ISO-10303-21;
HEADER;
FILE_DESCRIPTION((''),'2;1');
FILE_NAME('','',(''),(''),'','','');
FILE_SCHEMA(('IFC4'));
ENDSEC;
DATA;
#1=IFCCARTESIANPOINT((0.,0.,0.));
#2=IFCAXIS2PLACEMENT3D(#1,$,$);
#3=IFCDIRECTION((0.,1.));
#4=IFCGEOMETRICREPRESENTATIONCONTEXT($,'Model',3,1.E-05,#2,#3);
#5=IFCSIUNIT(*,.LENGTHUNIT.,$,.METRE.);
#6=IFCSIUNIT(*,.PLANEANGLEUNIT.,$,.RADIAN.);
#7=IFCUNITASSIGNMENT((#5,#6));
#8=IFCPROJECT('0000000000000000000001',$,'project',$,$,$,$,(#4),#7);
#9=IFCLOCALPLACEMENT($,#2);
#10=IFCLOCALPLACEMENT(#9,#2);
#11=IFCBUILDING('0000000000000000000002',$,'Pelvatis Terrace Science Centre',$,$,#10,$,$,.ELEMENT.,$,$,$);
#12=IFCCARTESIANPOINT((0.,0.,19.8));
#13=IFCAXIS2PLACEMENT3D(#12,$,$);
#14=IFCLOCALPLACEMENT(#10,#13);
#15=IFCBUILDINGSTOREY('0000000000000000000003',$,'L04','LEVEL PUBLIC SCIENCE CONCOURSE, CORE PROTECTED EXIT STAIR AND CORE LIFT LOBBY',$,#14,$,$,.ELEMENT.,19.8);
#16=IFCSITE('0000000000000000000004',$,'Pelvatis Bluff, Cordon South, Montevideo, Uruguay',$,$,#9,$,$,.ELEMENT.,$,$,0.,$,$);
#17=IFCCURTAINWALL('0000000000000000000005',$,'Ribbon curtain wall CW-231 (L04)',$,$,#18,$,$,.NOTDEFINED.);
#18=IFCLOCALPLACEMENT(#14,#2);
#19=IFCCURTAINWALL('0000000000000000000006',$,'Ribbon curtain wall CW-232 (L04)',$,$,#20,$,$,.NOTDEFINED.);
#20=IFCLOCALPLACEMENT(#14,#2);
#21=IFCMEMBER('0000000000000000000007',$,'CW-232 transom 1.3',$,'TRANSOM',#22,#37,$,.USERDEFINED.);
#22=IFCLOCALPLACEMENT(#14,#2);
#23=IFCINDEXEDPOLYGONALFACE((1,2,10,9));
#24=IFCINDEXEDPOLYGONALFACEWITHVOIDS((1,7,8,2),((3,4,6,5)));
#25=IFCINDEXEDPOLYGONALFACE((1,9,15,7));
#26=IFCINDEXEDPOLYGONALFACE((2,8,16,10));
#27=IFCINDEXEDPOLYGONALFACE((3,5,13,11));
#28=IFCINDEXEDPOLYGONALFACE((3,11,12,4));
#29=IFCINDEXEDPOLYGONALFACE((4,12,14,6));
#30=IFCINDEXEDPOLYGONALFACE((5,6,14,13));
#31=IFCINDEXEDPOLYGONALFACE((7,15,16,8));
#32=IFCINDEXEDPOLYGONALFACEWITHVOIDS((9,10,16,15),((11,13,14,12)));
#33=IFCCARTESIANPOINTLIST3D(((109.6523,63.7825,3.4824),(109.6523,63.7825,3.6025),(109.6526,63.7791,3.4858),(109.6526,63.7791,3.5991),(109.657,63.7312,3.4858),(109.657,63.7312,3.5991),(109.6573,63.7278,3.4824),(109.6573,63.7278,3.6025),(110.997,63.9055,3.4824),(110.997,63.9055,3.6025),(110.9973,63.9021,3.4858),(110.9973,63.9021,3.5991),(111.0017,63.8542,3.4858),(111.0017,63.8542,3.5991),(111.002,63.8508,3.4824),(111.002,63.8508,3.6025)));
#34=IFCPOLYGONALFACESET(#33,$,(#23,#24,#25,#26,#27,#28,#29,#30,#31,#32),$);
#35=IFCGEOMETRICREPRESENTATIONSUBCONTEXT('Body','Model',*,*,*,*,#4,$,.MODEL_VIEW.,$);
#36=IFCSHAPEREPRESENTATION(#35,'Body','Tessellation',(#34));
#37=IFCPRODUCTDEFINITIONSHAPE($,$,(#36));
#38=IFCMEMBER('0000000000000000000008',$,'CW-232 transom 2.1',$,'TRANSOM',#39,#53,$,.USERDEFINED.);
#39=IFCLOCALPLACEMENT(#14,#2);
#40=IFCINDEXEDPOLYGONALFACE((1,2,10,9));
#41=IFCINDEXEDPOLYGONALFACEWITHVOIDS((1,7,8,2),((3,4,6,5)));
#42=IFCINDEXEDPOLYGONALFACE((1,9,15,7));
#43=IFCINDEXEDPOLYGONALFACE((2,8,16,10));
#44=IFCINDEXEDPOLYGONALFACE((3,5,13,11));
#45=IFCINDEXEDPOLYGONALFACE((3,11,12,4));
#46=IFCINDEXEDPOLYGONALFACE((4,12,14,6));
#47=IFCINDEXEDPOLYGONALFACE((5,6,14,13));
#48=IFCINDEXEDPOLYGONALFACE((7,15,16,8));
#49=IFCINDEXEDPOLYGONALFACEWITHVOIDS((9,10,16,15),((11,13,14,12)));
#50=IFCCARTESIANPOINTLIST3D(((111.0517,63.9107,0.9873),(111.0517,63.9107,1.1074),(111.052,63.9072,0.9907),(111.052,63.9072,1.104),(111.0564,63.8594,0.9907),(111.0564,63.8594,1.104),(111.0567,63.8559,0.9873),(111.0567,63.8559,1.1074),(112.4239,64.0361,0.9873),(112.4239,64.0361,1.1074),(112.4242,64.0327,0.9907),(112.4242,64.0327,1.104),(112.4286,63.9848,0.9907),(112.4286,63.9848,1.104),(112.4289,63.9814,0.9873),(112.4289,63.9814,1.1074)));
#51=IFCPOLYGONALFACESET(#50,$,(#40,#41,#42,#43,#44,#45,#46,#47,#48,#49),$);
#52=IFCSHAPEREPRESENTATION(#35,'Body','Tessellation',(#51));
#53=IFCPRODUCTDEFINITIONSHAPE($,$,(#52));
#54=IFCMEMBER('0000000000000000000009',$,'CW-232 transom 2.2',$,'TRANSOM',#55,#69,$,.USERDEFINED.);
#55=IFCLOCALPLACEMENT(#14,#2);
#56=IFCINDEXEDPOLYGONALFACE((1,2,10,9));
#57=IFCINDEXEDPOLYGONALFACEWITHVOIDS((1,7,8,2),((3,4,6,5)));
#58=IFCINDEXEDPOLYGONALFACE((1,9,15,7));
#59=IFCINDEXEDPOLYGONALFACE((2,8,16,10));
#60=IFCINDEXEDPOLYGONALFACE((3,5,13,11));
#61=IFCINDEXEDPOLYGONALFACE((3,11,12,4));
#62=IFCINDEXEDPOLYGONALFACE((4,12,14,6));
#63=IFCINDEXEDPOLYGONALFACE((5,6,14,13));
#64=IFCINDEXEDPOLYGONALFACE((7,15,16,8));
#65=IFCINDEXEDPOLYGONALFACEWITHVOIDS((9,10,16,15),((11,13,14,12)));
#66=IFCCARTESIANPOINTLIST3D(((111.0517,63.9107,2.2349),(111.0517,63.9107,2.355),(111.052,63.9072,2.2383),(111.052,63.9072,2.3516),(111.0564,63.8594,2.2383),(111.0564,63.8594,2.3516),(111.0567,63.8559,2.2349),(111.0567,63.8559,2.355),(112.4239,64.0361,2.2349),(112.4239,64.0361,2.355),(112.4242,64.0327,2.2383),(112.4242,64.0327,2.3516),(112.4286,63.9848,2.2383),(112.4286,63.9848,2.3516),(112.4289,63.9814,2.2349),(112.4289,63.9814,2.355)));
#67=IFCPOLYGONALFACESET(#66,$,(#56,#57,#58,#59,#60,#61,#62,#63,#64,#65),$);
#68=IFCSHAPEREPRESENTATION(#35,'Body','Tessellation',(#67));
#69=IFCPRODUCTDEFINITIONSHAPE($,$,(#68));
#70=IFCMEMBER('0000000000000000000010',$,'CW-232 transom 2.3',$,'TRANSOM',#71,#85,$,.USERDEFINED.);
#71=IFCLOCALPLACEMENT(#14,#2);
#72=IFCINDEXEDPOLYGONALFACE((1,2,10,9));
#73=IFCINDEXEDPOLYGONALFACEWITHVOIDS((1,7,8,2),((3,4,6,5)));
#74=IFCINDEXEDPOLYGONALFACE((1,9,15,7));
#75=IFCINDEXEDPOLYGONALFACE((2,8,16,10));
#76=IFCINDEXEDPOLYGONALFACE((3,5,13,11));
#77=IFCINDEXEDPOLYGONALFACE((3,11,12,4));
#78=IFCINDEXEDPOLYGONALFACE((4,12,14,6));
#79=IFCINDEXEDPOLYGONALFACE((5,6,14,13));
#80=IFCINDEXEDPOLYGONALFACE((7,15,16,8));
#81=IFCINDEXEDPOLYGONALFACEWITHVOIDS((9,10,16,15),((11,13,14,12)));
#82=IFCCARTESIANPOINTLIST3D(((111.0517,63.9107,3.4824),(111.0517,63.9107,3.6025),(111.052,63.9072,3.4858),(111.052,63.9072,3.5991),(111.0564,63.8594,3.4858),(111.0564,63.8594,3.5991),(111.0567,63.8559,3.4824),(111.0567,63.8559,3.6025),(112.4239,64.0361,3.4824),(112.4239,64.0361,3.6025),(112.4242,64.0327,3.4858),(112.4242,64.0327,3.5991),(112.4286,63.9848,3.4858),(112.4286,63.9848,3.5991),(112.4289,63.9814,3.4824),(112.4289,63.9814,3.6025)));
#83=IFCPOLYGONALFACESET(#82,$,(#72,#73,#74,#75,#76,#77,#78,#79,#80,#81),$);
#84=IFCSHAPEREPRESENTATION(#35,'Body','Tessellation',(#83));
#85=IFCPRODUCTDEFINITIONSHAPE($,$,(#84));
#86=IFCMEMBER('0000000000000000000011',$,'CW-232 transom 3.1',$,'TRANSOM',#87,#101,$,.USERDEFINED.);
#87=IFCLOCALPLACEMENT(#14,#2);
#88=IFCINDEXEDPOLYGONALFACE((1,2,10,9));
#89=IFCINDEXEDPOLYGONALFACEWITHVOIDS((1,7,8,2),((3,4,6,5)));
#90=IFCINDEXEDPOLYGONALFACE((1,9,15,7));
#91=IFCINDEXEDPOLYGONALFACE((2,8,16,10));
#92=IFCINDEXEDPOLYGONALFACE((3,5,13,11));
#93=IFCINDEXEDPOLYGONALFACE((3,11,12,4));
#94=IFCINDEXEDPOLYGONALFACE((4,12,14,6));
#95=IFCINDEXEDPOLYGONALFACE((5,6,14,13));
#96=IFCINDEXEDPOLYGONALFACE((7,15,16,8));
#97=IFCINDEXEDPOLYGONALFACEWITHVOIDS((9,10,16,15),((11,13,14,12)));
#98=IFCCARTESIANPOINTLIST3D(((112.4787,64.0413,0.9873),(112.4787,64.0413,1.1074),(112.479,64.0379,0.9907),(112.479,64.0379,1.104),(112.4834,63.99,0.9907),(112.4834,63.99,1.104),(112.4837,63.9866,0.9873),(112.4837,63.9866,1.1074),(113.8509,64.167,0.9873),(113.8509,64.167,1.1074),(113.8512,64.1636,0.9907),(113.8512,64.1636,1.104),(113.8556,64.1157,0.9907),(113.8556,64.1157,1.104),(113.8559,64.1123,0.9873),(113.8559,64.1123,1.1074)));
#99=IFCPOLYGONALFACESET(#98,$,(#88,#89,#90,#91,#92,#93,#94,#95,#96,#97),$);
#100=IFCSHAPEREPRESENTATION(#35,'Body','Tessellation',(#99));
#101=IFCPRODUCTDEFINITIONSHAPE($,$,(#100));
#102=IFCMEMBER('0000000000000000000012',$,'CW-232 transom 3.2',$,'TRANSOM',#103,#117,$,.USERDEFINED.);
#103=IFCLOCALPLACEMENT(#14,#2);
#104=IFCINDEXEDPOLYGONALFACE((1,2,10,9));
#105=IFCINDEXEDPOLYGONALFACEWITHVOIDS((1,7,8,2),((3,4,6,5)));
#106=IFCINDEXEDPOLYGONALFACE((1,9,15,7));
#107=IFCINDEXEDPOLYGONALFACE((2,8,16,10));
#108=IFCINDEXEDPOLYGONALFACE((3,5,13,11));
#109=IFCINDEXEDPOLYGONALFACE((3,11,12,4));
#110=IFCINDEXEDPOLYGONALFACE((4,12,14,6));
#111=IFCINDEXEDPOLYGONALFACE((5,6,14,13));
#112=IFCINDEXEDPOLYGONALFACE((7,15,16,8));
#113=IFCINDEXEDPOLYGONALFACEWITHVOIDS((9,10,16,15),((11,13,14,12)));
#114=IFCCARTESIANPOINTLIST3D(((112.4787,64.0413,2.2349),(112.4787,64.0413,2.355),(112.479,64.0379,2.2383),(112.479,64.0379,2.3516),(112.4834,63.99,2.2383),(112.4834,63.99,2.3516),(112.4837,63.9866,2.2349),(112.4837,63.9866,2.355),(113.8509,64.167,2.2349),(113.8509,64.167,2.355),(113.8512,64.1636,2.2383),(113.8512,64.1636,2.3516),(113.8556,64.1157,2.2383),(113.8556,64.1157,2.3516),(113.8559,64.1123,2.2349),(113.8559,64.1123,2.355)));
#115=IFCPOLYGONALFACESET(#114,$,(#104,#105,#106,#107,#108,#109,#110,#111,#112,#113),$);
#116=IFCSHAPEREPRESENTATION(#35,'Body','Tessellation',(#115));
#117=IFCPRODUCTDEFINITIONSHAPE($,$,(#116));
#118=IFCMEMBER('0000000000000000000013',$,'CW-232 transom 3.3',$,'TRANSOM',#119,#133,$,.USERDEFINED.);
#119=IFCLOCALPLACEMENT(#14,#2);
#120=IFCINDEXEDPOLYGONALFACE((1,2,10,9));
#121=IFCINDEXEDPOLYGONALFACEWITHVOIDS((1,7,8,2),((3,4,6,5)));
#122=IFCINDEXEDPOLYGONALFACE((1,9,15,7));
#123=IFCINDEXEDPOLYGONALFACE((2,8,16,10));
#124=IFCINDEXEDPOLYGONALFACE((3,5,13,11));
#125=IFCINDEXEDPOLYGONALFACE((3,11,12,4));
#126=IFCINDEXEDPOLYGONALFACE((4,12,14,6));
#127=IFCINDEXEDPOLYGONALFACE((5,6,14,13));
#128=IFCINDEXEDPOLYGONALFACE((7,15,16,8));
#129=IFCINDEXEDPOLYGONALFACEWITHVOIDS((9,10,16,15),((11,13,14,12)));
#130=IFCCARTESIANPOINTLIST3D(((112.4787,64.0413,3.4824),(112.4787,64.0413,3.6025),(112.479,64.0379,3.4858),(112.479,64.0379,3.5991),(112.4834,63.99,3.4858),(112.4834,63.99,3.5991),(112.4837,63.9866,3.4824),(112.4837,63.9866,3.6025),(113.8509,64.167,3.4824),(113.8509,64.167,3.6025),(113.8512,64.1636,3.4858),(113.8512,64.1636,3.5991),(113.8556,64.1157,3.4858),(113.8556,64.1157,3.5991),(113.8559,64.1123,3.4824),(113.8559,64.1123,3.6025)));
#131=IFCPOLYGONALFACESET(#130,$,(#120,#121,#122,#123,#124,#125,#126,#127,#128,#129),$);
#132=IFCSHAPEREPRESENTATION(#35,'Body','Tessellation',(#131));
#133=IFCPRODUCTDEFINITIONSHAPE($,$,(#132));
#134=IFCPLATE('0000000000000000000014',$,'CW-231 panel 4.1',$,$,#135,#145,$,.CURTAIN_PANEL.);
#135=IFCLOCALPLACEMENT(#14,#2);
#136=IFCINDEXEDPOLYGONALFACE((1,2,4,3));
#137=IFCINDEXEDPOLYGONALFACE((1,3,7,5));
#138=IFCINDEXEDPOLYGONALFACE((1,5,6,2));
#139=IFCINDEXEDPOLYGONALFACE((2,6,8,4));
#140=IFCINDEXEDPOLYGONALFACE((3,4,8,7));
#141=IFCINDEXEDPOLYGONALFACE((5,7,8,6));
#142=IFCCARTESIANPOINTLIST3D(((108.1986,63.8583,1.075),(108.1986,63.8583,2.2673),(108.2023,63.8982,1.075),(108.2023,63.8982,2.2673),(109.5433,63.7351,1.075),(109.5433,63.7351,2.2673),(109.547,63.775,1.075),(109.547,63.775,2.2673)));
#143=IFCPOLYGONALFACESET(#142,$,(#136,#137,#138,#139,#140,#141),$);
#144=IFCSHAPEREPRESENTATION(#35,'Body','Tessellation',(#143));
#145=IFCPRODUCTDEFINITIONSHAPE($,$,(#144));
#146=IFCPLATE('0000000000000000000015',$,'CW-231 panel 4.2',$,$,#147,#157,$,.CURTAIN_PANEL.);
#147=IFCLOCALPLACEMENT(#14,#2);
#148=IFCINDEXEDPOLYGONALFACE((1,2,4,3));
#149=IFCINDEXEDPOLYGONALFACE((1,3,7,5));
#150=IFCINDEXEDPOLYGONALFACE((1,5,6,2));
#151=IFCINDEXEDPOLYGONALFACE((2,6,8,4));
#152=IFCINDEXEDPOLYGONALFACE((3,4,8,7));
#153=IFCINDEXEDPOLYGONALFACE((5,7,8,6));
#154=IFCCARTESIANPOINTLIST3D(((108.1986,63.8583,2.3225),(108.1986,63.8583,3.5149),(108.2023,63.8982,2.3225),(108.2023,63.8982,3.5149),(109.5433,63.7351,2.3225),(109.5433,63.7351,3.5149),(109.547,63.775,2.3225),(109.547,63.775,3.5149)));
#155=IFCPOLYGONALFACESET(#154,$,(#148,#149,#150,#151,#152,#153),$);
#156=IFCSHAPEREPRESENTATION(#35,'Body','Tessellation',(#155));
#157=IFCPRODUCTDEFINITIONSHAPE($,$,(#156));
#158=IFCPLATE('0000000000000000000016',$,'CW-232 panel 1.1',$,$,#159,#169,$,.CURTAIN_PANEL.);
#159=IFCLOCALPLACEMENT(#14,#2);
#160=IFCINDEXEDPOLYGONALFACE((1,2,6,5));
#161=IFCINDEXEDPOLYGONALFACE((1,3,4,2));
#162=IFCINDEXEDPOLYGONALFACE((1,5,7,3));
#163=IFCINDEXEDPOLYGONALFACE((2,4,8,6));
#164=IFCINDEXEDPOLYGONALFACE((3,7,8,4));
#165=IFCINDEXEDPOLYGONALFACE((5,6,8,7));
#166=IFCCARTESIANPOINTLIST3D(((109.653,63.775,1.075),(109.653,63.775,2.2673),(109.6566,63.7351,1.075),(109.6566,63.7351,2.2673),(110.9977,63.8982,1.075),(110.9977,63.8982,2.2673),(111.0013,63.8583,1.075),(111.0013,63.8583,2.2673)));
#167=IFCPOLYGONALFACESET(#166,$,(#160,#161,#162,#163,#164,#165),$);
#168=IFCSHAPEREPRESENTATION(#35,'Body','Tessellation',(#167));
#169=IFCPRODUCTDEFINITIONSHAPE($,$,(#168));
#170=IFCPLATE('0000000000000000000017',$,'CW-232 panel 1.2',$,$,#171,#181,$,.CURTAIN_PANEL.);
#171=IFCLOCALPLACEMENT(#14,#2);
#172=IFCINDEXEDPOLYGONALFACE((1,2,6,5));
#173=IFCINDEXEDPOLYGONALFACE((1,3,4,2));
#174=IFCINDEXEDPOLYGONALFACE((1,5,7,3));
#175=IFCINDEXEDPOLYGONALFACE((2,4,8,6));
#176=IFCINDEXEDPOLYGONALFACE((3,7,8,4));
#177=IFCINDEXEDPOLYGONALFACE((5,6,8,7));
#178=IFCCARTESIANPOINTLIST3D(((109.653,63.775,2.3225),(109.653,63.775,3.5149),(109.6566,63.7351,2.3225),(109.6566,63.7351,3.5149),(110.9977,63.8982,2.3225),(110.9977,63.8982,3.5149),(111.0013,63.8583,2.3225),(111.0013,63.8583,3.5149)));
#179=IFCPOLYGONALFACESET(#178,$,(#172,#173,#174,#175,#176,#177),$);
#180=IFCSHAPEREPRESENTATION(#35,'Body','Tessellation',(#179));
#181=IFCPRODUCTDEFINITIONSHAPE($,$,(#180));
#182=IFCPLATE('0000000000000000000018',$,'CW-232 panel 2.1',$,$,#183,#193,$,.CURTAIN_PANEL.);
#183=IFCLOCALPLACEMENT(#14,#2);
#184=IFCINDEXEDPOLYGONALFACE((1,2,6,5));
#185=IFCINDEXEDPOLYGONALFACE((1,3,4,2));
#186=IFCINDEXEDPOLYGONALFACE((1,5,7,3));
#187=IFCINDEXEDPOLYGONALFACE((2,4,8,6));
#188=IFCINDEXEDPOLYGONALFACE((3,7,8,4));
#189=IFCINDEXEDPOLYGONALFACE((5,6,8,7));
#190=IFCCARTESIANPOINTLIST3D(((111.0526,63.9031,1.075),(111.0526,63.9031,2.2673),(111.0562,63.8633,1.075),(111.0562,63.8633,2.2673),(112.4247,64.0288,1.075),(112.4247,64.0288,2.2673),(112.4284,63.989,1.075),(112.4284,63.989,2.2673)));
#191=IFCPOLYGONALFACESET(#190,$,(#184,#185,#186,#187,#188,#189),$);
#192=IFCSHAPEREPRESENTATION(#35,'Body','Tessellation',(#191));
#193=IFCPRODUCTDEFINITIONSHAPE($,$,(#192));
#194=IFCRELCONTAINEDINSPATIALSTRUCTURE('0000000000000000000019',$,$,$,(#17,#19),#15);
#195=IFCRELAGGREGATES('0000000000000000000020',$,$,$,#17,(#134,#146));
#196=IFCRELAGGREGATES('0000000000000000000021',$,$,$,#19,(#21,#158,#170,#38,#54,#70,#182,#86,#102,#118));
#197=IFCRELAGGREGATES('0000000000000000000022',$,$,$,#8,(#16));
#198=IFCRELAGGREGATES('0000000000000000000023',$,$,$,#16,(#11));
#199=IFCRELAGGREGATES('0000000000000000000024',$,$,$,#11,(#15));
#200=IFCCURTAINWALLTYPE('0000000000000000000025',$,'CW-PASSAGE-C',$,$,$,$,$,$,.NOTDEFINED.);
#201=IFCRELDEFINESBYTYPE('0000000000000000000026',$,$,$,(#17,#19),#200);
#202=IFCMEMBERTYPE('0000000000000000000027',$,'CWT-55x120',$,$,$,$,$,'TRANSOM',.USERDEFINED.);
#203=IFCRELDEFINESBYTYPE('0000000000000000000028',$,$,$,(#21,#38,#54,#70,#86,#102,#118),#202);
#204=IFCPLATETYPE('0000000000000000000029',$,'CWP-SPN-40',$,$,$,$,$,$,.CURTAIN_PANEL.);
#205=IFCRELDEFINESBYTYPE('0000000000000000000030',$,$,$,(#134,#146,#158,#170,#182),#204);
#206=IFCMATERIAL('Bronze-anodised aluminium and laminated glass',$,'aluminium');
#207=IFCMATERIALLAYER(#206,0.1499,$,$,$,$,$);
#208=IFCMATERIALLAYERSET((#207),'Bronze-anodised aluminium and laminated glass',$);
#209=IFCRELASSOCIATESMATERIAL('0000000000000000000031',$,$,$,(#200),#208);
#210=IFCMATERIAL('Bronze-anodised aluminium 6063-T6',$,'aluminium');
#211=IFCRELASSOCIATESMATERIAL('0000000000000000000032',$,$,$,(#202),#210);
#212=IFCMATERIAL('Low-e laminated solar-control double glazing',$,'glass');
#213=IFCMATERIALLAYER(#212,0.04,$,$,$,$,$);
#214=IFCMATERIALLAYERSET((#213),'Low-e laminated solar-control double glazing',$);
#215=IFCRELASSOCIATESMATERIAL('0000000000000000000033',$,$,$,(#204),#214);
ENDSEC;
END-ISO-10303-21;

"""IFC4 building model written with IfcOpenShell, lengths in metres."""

from ifc_helpers import new_model, si_unit, direction, frame, origin, origin_2d, place, context, subcontext, project, spatial, rectangle, hollow_rectangle, extrude, material, layer, layer_set, material_profile, profile_set, type_object, element, aggregate, save


model = new_model("IFC4")

# Units and contexts
model_context = context("Model", 3, precision=1e-05, world=origin(), true_north=direction((0.0, 1.0)))
body_context = subcontext(model_context, "Body", "Model", "MODEL_VIEW")
ifc_project = project(units=[si_unit("LENGTHUNIT", "METRE"), si_unit("PLANEANGLEUNIT", "RADIAN")], contexts=[model_context])

# Site, building, storey
site_placement = place(None, origin())
site = spatial("IfcSite", under=ifc_project, at=site_placement, Name="Pelvatis Bluff, Cordon South, Montevideo, Uruguay", CompositionType="ELEMENT", RefElevation=0.0)
building_placement = place(site_placement, origin())
building = spatial("IfcBuilding", under=site, at=building_placement, Name="Pelvatis Terrace Science Centre", CompositionType="ELEMENT")
storey_placement = place(building_placement, frame((0.0, 0.0, 19.8)))
storey = spatial("IfcBuildingStorey", under=building, at=storey_placement, Name="L04", Description="LEVEL PUBLIC SCIENCE CONCOURSE, CORE PROTECTED EXIT STAIR AND CORE LIFT LOBBY", CompositionType="ELEMENT", Elevation=19.8)

# Curtain walls
ifc_material_1 = material(Name="Bronze-anodised aluminium and laminated glass", Category="aluminium")
ifc_layer_1 = layer(ifc_material_1, 0.1499)
ifc_layer_set_1 = layer_set([ifc_layer_1], Name="Bronze-anodised aluminium and laminated glass")
curtain_wall_type = type_object("IfcCurtainWallType", Name="CW-PASSAGE-C", PredefinedType="NOTDEFINED", material=ifc_layer_set_1)
curtain_wall_1_placement = place(storey_placement, origin())
curtain_wall_1 = element("IfcCurtainWall", 1, at=curtain_wall_1_placement, inside=storey, type_object=curtain_wall_type, Name="Ribbon curtain wall CW-231 (L04)", PredefinedType="NOTDEFINED")
curtain_wall_2_placement = place(storey_placement, origin())
curtain_wall_2 = element("IfcCurtainWall", 2, at=curtain_wall_2_placement, inside=storey, type_object=curtain_wall_type, Name="Ribbon curtain wall CW-232 (L04)", PredefinedType="NOTDEFINED")

# Members
ifc_material_2 = material(Name="Bronze-anodised aluminium 6063-T6", Category="aluminium")
ifc_material_profile_1 = material_profile(ifc_material_2, hollow_rectangle(XDim=0.0549, YDim=0.1201, WallThickness=0.0034, at=origin_2d()), Name="ALU-TRN 55x120")
ifc_profile_set_1 = profile_set([ifc_material_profile_1], Name="Bronze-anodised aluminium 6063-T6")
member_type_1 = type_object("IfcMemberType", Name="CWT-55x120", ElementType="TRANSOM", PredefinedType="USERDEFINED", material=ifc_profile_set_1)
member_1_placement = place(storey_placement, frame((109.6548, 63.7551, 3.5425), z_axis=(0.99584, 0.091123, 0.0), x_axis=(-0.091123, 0.99584, 0.0)))
member_1 = element("IfcMember", 3, at=member_1_placement, type_object=member_type_1, Name="CW-232 transom 1.3", ObjectType="TRANSOM", PredefinedType="USERDEFINED", context=body_context, shape_type="SweptSolid", body=[
    extrude(hollow_rectangle(XDim=0.0549, YDim=0.1201, WallThickness=0.0034, at=origin_2d()), origin(), (0.0, 0.0, 1.0), 1.3503),
])
member_2_placement = place(storey_placement, frame((111.0542, 63.8833, 1.0474), z_axis=(0.995845, 0.091063, 0.0), x_axis=(-0.091063, 0.995845, 0.0)))
member_2 = element("IfcMember", 4, at=member_2_placement, type_object=member_type_1, Name="CW-232 transom 2.1", ObjectType="TRANSOM", PredefinedType="USERDEFINED", context=body_context, shape_type="SweptSolid", body=[
    extrude(hollow_rectangle(XDim=0.0549, YDim=0.1201, WallThickness=0.0034, at=origin_2d()), origin(), (0.0, 0.0, 1.0), 1.3779),
])
member_3_placement = place(storey_placement, frame((111.0542, 63.8833, 2.2949), z_axis=(0.995845, 0.091063, 0.0), x_axis=(-0.091063, 0.995845, 0.0)))
member_3 = element("IfcMember", 5, at=member_3_placement, type_object=member_type_1, Name="CW-232 transom 2.2", ObjectType="TRANSOM", PredefinedType="USERDEFINED", context=body_context, shape_type="SweptSolid", body=[
    extrude(hollow_rectangle(XDim=0.0549, YDim=0.1201, WallThickness=0.0034, at=origin_2d()), origin(), (0.0, 0.0, 1.0), 1.3779),
])
member_4_placement = place(storey_placement, frame((111.0542, 63.8833, 3.5425), z_axis=(0.995845, 0.091063, 0.0), x_axis=(-0.091063, 0.995845, 0.0)))
member_4 = element("IfcMember", 6, at=member_4_placement, type_object=member_type_1, Name="CW-232 transom 2.3", ObjectType="TRANSOM", PredefinedType="USERDEFINED", context=body_context, shape_type="SweptSolid", body=[
    extrude(hollow_rectangle(XDim=0.0549, YDim=0.1201, WallThickness=0.0034, at=origin_2d()), origin(), (0.0, 0.0, 1.0), 1.3779),
])
member_5_placement = place(storey_placement, frame((112.4812, 64.0139, 1.0474), z_axis=(0.995828, 0.091255, 0.0), x_axis=(-0.091255, 0.995828, 0.0)))
member_5 = element("IfcMember", 7, at=member_5_placement, type_object=member_type_1, Name="CW-232 transom 3.1", ObjectType="TRANSOM", PredefinedType="USERDEFINED", context=body_context, shape_type="SweptSolid", body=[
    extrude(hollow_rectangle(XDim=0.0549, YDim=0.1201, WallThickness=0.0034, at=origin_2d()), origin(), (0.0, 0.0, 1.0), 1.3779),
])
member_6_placement = place(storey_placement, frame((112.4812, 64.0139, 2.2949), z_axis=(0.995828, 0.091255, 0.0), x_axis=(-0.091255, 0.995828, 0.0)))
member_6 = element("IfcMember", 8, at=member_6_placement, type_object=member_type_1, Name="CW-232 transom 3.2", ObjectType="TRANSOM", PredefinedType="USERDEFINED", context=body_context, shape_type="SweptSolid", body=[
    extrude(hollow_rectangle(XDim=0.0549, YDim=0.1201, WallThickness=0.0034, at=origin_2d()), origin(), (0.0, 0.0, 1.0), 1.3779),
])
member_7_placement = place(storey_placement, frame((112.4812, 64.0139, 3.5425), z_axis=(0.995828, 0.091255, 0.0), x_axis=(-0.091255, 0.995828, 0.0)))
member_7 = element("IfcMember", 9, at=member_7_placement, type_object=member_type_1, Name="CW-232 transom 3.3", ObjectType="TRANSOM", PredefinedType="USERDEFINED", context=body_context, shape_type="SweptSolid", body=[
    extrude(hollow_rectangle(XDim=0.0549, YDim=0.1201, WallThickness=0.0034, at=origin_2d()), origin(), (0.0, 0.0, 1.0), 1.3779),
])

# Plates
ifc_material_3 = material(Name="Low-e laminated solar-control double glazing", Category="glass")
ifc_layer_2 = layer(ifc_material_3, 0.04)
ifc_layer_set_2 = layer_set([ifc_layer_2], Name="Low-e laminated solar-control double glazing")
plate_type = type_object("IfcPlateType", Name="CWP-SPN-40", PredefinedType="CURTAIN_PANEL", material=ifc_layer_set_2)
plate_1_placement = place(storey_placement, frame((108.8728, 63.8167, 1.075), z_axis=(0.0, 0.0, 1.0), x_axis=(0.995831, -0.091214, 0.0)))
plate_1 = element("IfcPlate", 10, at=plate_1_placement, type_object=plate_type, Name="CW-231 panel 4.1", PredefinedType="CURTAIN_PANEL", context=body_context, shape_type="SweptSolid", body=[
    extrude(rectangle(XDim=1.3503, YDim=0.04, at=origin_2d()), origin(), (0.0, 0.0, 1.0), 1.1924),
])
plate_2_placement = place(storey_placement, frame((108.8728, 63.8167, 2.3225), z_axis=(0.0, 0.0, 1.0), x_axis=(0.995831, -0.091214, 0.0)))
plate_2 = element("IfcPlate", 11, at=plate_2_placement, type_object=plate_type, Name="CW-231 panel 4.2", PredefinedType="CURTAIN_PANEL", context=body_context, shape_type="SweptSolid", body=[
    extrude(rectangle(XDim=1.3503, YDim=0.04, at=origin_2d()), origin(), (0.0, 0.0, 1.0), 1.1924),
])
aggregate(curtain_wall_1, [plate_1, plate_2])
plate_3_placement = place(storey_placement, frame((110.3271, 63.8167, 1.075), z_axis=(0.0, 0.0, 1.0), x_axis=(0.995831, 0.091214, 0.0)))
plate_3 = element("IfcPlate", 12, at=plate_3_placement, type_object=plate_type, Name="CW-232 panel 1.1", PredefinedType="CURTAIN_PANEL", context=body_context, shape_type="SweptSolid", body=[
    extrude(rectangle(XDim=1.3503, YDim=0.04, at=origin_2d()), origin(), (0.0, 0.0, 1.0), 1.1924),
])
plate_4_placement = place(storey_placement, frame((110.3271, 63.8167, 2.3225), z_axis=(0.0, 0.0, 1.0), x_axis=(0.995831, 0.091214, 0.0)))
plate_4 = element("IfcPlate", 13, at=plate_4_placement, type_object=plate_type, Name="CW-232 panel 1.2", PredefinedType="CURTAIN_PANEL", context=body_context, shape_type="SweptSolid", body=[
    extrude(rectangle(XDim=1.3503, YDim=0.04, at=origin_2d()), origin(), (0.0, 0.0, 1.0), 1.1924),
])
plate_5_placement = place(storey_placement, frame((111.7405, 63.946, 1.075), z_axis=(0.0, 0.0, 1.0), x_axis=(0.995831, 0.091214, 0.0)))
plate_5 = element("IfcPlate", 14, at=plate_5_placement, type_object=plate_type, Name="CW-232 panel 2.1", PredefinedType="CURTAIN_PANEL", context=body_context, shape_type="SweptSolid", body=[
    extrude(rectangle(XDim=1.3779, YDim=0.04, at=origin_2d()), origin(), (0.0, 0.0, 1.0), 1.1924),
])
aggregate(curtain_wall_2, [member_1, plate_3, plate_4, member_2, member_3, member_4, plate_5, member_5, member_6, member_7])

save(model, "model.ifc")
